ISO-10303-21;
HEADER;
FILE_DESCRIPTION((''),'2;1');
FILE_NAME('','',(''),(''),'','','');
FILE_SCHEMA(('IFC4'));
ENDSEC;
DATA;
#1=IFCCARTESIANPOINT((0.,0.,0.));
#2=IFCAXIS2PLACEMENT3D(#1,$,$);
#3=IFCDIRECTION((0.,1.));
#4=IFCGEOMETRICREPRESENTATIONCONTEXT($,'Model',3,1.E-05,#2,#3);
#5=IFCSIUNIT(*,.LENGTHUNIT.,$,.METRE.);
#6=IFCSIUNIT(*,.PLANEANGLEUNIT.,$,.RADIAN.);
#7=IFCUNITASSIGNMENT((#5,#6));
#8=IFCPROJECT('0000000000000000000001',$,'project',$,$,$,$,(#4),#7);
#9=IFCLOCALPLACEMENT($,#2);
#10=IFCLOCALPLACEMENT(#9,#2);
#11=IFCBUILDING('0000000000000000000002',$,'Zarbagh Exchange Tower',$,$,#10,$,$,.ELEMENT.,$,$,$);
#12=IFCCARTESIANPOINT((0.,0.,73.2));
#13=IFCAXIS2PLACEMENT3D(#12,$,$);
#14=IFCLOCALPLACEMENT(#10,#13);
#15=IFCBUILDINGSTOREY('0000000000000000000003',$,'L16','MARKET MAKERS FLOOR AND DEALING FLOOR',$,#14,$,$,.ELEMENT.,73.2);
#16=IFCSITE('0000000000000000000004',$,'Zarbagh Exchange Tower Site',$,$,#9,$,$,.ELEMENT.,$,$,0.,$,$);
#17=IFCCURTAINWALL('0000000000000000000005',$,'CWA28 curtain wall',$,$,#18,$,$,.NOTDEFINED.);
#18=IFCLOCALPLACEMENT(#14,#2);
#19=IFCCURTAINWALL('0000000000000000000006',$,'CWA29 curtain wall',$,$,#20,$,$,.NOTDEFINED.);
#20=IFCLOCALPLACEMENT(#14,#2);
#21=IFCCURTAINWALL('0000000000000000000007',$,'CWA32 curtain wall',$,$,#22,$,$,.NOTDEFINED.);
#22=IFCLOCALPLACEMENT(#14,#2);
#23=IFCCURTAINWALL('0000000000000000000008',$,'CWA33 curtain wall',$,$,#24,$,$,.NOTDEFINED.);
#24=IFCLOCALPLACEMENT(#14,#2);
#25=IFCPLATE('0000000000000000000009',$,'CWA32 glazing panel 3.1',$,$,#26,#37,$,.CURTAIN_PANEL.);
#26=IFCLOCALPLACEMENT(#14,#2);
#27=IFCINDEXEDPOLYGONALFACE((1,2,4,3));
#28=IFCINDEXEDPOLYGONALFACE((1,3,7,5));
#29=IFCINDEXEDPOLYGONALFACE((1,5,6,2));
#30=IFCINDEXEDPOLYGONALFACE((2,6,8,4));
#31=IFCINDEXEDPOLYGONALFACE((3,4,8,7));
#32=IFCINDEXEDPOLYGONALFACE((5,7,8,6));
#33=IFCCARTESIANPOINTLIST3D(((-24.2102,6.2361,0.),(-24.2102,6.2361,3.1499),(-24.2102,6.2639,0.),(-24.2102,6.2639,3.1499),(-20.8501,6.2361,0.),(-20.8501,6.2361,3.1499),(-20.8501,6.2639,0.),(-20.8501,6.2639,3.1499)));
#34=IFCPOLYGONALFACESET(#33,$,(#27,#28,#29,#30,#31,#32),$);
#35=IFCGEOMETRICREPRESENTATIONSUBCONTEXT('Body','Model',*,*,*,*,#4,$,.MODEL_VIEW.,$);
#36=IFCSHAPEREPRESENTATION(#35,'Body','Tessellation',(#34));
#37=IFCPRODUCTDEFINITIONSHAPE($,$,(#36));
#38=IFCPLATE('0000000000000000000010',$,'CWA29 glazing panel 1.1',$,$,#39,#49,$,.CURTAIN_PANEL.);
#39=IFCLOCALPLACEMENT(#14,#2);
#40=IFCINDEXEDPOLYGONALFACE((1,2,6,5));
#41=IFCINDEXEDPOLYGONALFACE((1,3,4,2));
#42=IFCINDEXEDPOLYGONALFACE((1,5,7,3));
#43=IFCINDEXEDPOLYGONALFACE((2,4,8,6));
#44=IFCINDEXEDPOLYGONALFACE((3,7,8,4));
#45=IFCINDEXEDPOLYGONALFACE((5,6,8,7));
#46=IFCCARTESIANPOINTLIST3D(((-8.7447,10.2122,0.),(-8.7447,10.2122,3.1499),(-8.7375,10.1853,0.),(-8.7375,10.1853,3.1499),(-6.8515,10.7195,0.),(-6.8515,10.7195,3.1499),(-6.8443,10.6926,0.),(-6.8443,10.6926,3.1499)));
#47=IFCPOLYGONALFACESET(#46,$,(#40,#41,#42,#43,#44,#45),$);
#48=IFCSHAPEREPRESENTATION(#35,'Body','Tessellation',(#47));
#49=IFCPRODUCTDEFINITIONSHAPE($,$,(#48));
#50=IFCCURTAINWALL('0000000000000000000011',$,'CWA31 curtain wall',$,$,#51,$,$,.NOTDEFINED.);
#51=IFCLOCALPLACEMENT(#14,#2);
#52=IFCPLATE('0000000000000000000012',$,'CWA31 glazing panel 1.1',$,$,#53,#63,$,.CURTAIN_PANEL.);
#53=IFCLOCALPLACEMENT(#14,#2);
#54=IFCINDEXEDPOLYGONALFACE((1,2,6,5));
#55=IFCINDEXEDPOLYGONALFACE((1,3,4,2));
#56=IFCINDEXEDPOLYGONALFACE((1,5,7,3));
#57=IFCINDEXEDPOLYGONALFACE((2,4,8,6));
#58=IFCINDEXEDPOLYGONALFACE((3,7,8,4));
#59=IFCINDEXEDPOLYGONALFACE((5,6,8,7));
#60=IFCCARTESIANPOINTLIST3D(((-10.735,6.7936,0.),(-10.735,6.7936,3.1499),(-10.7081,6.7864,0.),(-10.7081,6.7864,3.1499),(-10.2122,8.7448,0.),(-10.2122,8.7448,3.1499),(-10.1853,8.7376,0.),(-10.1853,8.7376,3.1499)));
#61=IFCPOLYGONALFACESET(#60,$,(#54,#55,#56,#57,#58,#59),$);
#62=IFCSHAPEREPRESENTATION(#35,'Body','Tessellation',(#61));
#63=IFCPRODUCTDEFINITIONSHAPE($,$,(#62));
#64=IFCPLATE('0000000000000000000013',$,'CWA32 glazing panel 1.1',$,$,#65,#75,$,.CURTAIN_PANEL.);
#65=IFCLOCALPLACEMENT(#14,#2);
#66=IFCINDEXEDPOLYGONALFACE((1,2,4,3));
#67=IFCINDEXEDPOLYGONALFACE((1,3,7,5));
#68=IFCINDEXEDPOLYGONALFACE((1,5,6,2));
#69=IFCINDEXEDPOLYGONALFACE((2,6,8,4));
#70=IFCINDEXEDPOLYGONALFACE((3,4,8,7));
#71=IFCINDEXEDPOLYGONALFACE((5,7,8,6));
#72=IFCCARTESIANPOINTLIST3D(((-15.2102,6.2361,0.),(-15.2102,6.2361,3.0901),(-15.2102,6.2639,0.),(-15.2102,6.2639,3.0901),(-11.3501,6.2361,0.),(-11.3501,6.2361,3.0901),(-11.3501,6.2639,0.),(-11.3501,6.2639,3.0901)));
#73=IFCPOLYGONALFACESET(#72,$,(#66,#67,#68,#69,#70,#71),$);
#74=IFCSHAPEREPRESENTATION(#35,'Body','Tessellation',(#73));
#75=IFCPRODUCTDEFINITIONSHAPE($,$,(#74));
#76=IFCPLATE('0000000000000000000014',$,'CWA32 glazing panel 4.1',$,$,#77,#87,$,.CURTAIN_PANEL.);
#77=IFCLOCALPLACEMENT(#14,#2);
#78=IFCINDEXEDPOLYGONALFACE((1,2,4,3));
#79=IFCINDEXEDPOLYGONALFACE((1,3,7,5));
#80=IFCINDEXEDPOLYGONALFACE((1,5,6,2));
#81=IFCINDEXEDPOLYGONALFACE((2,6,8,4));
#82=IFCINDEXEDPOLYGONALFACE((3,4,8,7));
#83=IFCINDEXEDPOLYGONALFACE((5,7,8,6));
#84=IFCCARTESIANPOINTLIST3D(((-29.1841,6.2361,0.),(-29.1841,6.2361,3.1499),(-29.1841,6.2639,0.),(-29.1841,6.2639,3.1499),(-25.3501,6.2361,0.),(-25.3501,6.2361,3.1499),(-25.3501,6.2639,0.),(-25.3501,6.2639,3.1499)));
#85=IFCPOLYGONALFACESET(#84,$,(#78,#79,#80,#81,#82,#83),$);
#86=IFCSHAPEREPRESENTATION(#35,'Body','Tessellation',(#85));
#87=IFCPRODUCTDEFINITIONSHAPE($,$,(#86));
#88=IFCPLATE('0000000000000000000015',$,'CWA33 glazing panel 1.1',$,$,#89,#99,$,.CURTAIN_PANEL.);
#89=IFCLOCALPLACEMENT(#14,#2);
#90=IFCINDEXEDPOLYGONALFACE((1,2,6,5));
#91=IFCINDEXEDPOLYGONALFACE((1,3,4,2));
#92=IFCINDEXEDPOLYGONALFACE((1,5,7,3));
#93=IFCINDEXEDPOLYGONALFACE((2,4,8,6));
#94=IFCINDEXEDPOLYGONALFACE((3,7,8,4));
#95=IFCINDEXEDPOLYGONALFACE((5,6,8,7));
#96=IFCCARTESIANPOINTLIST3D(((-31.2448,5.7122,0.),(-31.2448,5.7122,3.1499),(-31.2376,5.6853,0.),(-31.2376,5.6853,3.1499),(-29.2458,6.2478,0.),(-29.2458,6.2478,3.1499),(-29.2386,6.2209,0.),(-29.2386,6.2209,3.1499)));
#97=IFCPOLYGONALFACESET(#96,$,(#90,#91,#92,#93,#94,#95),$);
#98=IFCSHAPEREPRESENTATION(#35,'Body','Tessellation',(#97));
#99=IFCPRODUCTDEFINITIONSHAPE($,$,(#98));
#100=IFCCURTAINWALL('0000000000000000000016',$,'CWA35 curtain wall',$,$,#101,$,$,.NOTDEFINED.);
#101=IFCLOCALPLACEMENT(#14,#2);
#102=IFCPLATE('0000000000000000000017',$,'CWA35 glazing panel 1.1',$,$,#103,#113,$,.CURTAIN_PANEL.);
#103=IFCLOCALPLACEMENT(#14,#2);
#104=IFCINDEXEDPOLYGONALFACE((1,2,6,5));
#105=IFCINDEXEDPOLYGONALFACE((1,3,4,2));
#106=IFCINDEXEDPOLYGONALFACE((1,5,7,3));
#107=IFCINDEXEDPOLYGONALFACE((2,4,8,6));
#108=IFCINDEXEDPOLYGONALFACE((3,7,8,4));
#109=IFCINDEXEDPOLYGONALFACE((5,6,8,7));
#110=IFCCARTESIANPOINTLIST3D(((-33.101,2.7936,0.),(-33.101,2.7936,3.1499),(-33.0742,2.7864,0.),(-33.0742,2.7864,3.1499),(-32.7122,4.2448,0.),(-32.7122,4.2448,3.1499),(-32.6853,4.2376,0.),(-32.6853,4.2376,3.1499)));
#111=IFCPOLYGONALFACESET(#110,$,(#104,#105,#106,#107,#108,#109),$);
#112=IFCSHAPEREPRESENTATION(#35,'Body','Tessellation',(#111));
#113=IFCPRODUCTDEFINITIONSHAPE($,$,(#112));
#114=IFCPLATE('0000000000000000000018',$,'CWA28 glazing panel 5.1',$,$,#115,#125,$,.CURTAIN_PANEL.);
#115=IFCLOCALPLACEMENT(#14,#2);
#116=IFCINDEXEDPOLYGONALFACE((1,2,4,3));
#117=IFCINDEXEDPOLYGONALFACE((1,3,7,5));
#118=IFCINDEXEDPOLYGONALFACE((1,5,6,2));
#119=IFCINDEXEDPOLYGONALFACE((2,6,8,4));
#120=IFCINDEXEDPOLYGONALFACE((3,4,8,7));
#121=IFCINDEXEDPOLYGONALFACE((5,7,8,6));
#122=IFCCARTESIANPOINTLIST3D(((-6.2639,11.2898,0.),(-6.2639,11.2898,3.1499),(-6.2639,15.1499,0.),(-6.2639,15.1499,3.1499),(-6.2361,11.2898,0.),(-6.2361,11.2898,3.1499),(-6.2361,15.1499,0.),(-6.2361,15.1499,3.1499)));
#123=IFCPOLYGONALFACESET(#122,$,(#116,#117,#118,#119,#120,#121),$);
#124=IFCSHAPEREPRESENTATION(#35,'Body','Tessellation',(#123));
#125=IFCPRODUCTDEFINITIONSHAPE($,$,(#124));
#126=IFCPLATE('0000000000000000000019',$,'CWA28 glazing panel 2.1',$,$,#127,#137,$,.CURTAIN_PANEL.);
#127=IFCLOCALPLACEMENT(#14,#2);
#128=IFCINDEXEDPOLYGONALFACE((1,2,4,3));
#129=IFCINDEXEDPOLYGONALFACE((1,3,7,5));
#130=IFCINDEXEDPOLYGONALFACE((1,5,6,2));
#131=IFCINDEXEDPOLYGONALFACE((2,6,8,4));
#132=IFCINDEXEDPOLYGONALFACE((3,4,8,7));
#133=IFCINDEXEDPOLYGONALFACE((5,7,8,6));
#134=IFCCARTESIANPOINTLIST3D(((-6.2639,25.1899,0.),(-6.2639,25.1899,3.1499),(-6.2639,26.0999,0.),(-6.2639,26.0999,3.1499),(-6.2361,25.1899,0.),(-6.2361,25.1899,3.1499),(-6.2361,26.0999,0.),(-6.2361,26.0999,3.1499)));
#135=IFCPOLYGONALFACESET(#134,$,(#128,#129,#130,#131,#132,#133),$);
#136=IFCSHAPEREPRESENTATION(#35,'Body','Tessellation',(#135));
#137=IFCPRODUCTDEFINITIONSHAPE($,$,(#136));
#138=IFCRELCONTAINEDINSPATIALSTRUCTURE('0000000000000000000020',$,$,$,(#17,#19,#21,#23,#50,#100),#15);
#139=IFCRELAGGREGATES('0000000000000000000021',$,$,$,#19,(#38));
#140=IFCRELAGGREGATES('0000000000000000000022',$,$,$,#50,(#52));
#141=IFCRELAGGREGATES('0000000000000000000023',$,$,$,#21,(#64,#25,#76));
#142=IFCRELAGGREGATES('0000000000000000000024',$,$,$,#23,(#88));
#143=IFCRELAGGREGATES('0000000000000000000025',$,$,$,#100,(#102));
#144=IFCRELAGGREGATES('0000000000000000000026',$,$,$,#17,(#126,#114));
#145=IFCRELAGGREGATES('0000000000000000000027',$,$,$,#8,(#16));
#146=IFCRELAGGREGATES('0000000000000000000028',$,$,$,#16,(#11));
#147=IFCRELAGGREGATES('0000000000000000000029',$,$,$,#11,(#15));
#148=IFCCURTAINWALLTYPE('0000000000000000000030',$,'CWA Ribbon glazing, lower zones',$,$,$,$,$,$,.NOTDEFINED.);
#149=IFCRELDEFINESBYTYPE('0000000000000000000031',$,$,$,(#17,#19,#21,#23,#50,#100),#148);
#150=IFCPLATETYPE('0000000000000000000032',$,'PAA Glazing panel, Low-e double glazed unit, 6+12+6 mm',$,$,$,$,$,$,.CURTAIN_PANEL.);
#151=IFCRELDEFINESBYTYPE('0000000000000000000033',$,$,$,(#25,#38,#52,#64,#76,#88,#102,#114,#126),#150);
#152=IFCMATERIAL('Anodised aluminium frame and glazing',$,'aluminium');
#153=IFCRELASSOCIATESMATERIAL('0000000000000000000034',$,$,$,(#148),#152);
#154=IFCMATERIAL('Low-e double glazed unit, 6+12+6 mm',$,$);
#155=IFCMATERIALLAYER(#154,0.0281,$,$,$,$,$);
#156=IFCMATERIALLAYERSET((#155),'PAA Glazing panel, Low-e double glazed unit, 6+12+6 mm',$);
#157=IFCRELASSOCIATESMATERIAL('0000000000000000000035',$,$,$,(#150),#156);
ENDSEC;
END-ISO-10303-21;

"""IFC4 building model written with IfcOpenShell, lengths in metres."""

from ifc_helpers import new_model, si_unit, direction, frame, origin, place, context, subcontext, project, spatial, polyline, outline, extrude, source, transform, mapped, material, layer, layer_set, type_object, element, aggregate, save


model = new_model("IFC4")

# Units and contexts
model_context = context("Model", 3, precision=1e-05, world=origin(), true_north=direction((0.0, 1.0)))
body_context = subcontext(model_context, "Body", "Model", "MODEL_VIEW")
ifc_project = project(units=[si_unit("LENGTHUNIT", "METRE"), si_unit("PLANEANGLEUNIT", "RADIAN")], contexts=[model_context])

# Site, building, storey
site_placement = place(None, origin())
site = spatial("IfcSite", under=ifc_project, at=site_placement, Name="Zarbagh Exchange Tower Site", CompositionType="ELEMENT", RefElevation=0.0)
building_placement = place(site_placement, origin())
building = spatial("IfcBuilding", under=site, at=building_placement, Name="Zarbagh Exchange Tower", CompositionType="ELEMENT")
storey_placement = place(building_placement, frame((0.0, 0.0, 73.2)))
storey = spatial("IfcBuildingStorey", under=building, at=storey_placement, Name="L16", Description="MARKET MAKERS FLOOR AND DEALING FLOOR", CompositionType="ELEMENT", Elevation=73.2)

# Curtain wall
ifc_material_1 = material(Name="Anodised aluminium frame and glazing", Category="aluminium")
curtain_wall_type = type_object("IfcCurtainWallType", Name="CWA Ribbon glazing, lower zones", PredefinedType="NOTDEFINED", material=ifc_material_1)
curtain_wall_1_placement = place(storey_placement, origin())
curtain_wall_1 = element("IfcCurtainWall", 1, at=curtain_wall_1_placement, inside=storey, type_object=curtain_wall_type, Name="CWA28 curtain wall", PredefinedType="NOTDEFINED")
placement = place(storey_placement, origin())

# Curtain wall
curtain_wall_2_placement = place(storey_placement, origin())
curtain_wall_2 = element("IfcCurtainWall", 2, at=curtain_wall_2_placement, inside=storey, type_object=curtain_wall_type, Name="CWA29 curtain wall", PredefinedType="NOTDEFINED")

# Curtain wall
curtain_wall_3_placement = place(storey_placement, origin())
curtain_wall_3 = element("IfcCurtainWall", 3, at=curtain_wall_3_placement, inside=storey, type_object=curtain_wall_type, Name="CWA32 curtain wall", PredefinedType="NOTDEFINED")

# Curtain wall
curtain_wall_4_placement = place(storey_placement, origin())
curtain_wall_4 = element("IfcCurtainWall", 4, at=curtain_wall_4_placement, inside=storey, type_object=curtain_wall_type, Name="CWA33 curtain wall", PredefinedType="NOTDEFINED")

# Shared definitions
ifc_material_2 = material(Name="Low-e double glazed unit, 6+12+6 mm")
ifc_layer = layer(ifc_material_2, 0.0281)
ifc_layer_set = layer_set([ifc_layer], Name="PAA Glazing panel, Low-e double glazed unit, 6+12+6 mm")
plate_type = type_object("IfcPlateType", Name="PAA Glazing panel, Low-e double glazed unit, 6+12+6 mm", PredefinedType="CURTAIN_PANEL", material=ifc_layer_set)

# Plates
shared_shape_1 = source(origin(), body_context, "Body", "SweptSolid", [
    extrude(outline(polyline([(0.0, -0.0139), (3.3601, -0.0139), (3.3601, 0.0139), (0.0, 0.0139), (0.0, -0.0139)])), origin(), (0.0, 0.0, 1.0), 3.1499),
])
plate_1 = element("IfcPlate", 5, at=placement, type_object=plate_type, Name="CWA32 glazing panel 3.1", PredefinedType="CURTAIN_PANEL", context=body_context, shape_type="MappedRepresentation", body=[
    mapped(shared_shape_1, transform((-20.8501, 6.25, 0.0), x_axis=(-1.0, 0.0, 0.0), y_axis=(0.0, -1.0, 0.0), z_axis=(0.0, 0.0, 1.0))),
])
shared_shape_2 = source(origin(), body_context, "Body", "SweptSolid", [
    extrude(outline(polyline([(0.0, -0.0139), (1.96, -0.0139), (1.96, 0.0139), (0.0, 0.0139), (0.0, -0.0139)])), origin(), (0.0, 0.0, 1.0), 3.1499),
])
plate_2 = element("IfcPlate", 6, at=placement, type_object=plate_type, Name="CWA29 glazing panel 1.1", PredefinedType="CURTAIN_PANEL", context=body_context, shape_type="MappedRepresentation", body=[
    mapped(shared_shape_2, transform((-6.8479, 10.7061, 0.0), x_axis=(-0.965924, -0.258825, 0.0), y_axis=(0.258825, -0.965924, 0.0), z_axis=(0.0, 0.0, 1.0))),
])
aggregate(curtain_wall_2, [plate_2])

# Curtain wall, plate
curtain_wall_5_placement = place(storey_placement, origin())
curtain_wall_5 = element("IfcCurtainWall", 7, at=curtain_wall_5_placement, inside=storey, type_object=curtain_wall_type, Name="CWA31 curtain wall", PredefinedType="NOTDEFINED")
shared_shape_3 = source(origin(), body_context, "Body", "SweptSolid", [
    extrude(outline(polyline([(0.0, -0.0139), (2.02, -0.0139), (2.02, 0.0139), (0.0, 0.0139), (0.0, -0.0139)])), origin(), (0.0, 0.0, 1.0), 3.1499),
])
plate_3 = element("IfcPlate", 8, at=placement, type_object=plate_type, Name="CWA31 glazing panel 1.1", PredefinedType="CURTAIN_PANEL", context=body_context, shape_type="MappedRepresentation", body=[
    mapped(shared_shape_3, transform((-10.1987, 8.7412, 0.0), x_axis=(-0.258825, -0.965924, 0.0), y_axis=(0.965924, -0.258825, 0.0), z_axis=(0.0, 0.0, 1.0))),
])
aggregate(curtain_wall_5, [plate_3])

# Plates
shared_shape_4 = source(origin(), body_context, "Body", "SweptSolid", [
    extrude(outline(polyline([(0.0, -0.0139), (3.8601, -0.0139), (3.8601, 0.0139), (0.0, 0.0139), (0.0, -0.0139)])), origin(), (0.0, 0.0, 1.0), 3.0901),
])
plate_4 = element("IfcPlate", 9, at=placement, type_object=plate_type, Name="CWA32 glazing panel 1.1", PredefinedType="CURTAIN_PANEL", context=body_context, shape_type="MappedRepresentation", body=[
    mapped(shared_shape_4, transform((-11.3501, 6.25, 0.0), x_axis=(-1.0, 0.0, 0.0), y_axis=(0.0, -1.0, 0.0), z_axis=(0.0, 0.0, 1.0))),
])
shared_shape_5 = source(origin(), body_context, "Body", "SweptSolid", [
    extrude(outline(polyline([(0.0, -0.0139), (3.834, -0.0139), (3.834, 0.0139), (0.0, 0.0139), (0.0, -0.0139)])), origin(), (0.0, 0.0, 1.0), 3.1499),
])
plate_5 = element("IfcPlate", 10, at=placement, type_object=plate_type, Name="CWA32 glazing panel 4.1", PredefinedType="CURTAIN_PANEL", context=body_context, shape_type="MappedRepresentation", body=[
    mapped(shared_shape_5, transform((-25.3501, 6.25, 0.0), x_axis=(-1.0, 0.0, 0.0), y_axis=(0.0, -1.0, 0.0), z_axis=(0.0, 0.0, 1.0))),
])
aggregate(curtain_wall_3, [plate_4, plate_1, plate_5])
shared_shape_6 = source(origin(), body_context, "Body", "SweptSolid", [
    extrude(outline(polyline([(0.0, -0.0139), (2.0696, -0.0139), (2.0696, 0.0139), (0.0, 0.0139), (0.0, -0.0139)])), origin(), (0.0, 0.0, 1.0), 3.1499),
])
plate_6 = element("IfcPlate", 11, at=placement, type_object=plate_type, Name="CWA33 glazing panel 1.1", PredefinedType="CURTAIN_PANEL", context=body_context, shape_type="MappedRepresentation", body=[
    mapped(shared_shape_6, transform((-29.2422, 6.2344, 0.0), x_axis=(-0.965924, -0.258825, 0.0), y_axis=(0.258825, -0.965924, 0.0), z_axis=(0.0, 0.0, 1.0))),
])
aggregate(curtain_wall_4, [plate_6])

# Curtain wall, plate
curtain_wall_6_placement = place(storey_placement, origin())
curtain_wall_6 = element("IfcCurtainWall", 12, at=curtain_wall_6_placement, inside=storey, type_object=curtain_wall_type, Name="CWA35 curtain wall", PredefinedType="NOTDEFINED")
shared_shape_7 = source(origin(), body_context, "Body", "SweptSolid", [
    extrude(outline(polyline([(0.0, -0.0139), (1.5024, -0.0139), (1.5024, 0.0139), (0.0, 0.0139), (0.0, -0.0139)])), origin(), (0.0, 0.0, 1.0), 3.1499),
])
plate_7 = element("IfcPlate", 13, at=placement, type_object=plate_type, Name="CWA35 glazing panel 1.1", PredefinedType="CURTAIN_PANEL", context=body_context, shape_type="MappedRepresentation", body=[
    mapped(shared_shape_7, transform((-32.6987, 4.2412, 0.0), x_axis=(-0.258825, -0.965924, 0.0), y_axis=(0.965924, -0.258825, 0.0), z_axis=(0.0, 0.0, 1.0))),
])
aggregate(curtain_wall_6, [plate_7])

# Plates
shared_shape_8 = source(origin(), body_context, "Body", "SweptSolid", [
    extrude(outline(polyline([(0.0, -0.0139), (3.8601, -0.0139), (3.8601, 0.0139), (0.0, 0.0139), (0.0, -0.0139)])), origin(), (0.0, 0.0, 1.0), 3.1499),
])
plate_8 = element("IfcPlate", 14, at=placement, type_object=plate_type, Name="CWA28 glazing panel 5.1", PredefinedType="CURTAIN_PANEL", context=body_context, shape_type="MappedRepresentation", body=[
    mapped(shared_shape_8, transform((-6.25, 15.1499, 0.0), x_axis=(0.0, -1.0, 0.0), y_axis=(1.0, 0.0, 0.0), z_axis=(0.0, 0.0, 1.0))),
])
shared_shape_9 = source(origin(), body_context, "Body", "SweptSolid", [
    extrude(outline(polyline([(0.0, -0.0139), (0.9099, -0.0139), (0.9099, 0.0139), (0.0, 0.0139), (0.0, -0.0139)])), origin(), (0.0, 0.0, 1.0), 3.1499),
])
plate_9 = element("IfcPlate", 15, at=placement, type_object=plate_type, Name="CWA28 glazing panel 2.1", PredefinedType="CURTAIN_PANEL", context=body_context, shape_type="MappedRepresentation", body=[
    mapped(shared_shape_9, transform((-6.25, 26.0999, 0.0), x_axis=(0.0, -1.0, 0.0), y_axis=(1.0, 0.0, 0.0), z_axis=(0.0, 0.0, 1.0))),
])
aggregate(curtain_wall_1, [plate_9, plate_8])

save(model, "model.ifc")
